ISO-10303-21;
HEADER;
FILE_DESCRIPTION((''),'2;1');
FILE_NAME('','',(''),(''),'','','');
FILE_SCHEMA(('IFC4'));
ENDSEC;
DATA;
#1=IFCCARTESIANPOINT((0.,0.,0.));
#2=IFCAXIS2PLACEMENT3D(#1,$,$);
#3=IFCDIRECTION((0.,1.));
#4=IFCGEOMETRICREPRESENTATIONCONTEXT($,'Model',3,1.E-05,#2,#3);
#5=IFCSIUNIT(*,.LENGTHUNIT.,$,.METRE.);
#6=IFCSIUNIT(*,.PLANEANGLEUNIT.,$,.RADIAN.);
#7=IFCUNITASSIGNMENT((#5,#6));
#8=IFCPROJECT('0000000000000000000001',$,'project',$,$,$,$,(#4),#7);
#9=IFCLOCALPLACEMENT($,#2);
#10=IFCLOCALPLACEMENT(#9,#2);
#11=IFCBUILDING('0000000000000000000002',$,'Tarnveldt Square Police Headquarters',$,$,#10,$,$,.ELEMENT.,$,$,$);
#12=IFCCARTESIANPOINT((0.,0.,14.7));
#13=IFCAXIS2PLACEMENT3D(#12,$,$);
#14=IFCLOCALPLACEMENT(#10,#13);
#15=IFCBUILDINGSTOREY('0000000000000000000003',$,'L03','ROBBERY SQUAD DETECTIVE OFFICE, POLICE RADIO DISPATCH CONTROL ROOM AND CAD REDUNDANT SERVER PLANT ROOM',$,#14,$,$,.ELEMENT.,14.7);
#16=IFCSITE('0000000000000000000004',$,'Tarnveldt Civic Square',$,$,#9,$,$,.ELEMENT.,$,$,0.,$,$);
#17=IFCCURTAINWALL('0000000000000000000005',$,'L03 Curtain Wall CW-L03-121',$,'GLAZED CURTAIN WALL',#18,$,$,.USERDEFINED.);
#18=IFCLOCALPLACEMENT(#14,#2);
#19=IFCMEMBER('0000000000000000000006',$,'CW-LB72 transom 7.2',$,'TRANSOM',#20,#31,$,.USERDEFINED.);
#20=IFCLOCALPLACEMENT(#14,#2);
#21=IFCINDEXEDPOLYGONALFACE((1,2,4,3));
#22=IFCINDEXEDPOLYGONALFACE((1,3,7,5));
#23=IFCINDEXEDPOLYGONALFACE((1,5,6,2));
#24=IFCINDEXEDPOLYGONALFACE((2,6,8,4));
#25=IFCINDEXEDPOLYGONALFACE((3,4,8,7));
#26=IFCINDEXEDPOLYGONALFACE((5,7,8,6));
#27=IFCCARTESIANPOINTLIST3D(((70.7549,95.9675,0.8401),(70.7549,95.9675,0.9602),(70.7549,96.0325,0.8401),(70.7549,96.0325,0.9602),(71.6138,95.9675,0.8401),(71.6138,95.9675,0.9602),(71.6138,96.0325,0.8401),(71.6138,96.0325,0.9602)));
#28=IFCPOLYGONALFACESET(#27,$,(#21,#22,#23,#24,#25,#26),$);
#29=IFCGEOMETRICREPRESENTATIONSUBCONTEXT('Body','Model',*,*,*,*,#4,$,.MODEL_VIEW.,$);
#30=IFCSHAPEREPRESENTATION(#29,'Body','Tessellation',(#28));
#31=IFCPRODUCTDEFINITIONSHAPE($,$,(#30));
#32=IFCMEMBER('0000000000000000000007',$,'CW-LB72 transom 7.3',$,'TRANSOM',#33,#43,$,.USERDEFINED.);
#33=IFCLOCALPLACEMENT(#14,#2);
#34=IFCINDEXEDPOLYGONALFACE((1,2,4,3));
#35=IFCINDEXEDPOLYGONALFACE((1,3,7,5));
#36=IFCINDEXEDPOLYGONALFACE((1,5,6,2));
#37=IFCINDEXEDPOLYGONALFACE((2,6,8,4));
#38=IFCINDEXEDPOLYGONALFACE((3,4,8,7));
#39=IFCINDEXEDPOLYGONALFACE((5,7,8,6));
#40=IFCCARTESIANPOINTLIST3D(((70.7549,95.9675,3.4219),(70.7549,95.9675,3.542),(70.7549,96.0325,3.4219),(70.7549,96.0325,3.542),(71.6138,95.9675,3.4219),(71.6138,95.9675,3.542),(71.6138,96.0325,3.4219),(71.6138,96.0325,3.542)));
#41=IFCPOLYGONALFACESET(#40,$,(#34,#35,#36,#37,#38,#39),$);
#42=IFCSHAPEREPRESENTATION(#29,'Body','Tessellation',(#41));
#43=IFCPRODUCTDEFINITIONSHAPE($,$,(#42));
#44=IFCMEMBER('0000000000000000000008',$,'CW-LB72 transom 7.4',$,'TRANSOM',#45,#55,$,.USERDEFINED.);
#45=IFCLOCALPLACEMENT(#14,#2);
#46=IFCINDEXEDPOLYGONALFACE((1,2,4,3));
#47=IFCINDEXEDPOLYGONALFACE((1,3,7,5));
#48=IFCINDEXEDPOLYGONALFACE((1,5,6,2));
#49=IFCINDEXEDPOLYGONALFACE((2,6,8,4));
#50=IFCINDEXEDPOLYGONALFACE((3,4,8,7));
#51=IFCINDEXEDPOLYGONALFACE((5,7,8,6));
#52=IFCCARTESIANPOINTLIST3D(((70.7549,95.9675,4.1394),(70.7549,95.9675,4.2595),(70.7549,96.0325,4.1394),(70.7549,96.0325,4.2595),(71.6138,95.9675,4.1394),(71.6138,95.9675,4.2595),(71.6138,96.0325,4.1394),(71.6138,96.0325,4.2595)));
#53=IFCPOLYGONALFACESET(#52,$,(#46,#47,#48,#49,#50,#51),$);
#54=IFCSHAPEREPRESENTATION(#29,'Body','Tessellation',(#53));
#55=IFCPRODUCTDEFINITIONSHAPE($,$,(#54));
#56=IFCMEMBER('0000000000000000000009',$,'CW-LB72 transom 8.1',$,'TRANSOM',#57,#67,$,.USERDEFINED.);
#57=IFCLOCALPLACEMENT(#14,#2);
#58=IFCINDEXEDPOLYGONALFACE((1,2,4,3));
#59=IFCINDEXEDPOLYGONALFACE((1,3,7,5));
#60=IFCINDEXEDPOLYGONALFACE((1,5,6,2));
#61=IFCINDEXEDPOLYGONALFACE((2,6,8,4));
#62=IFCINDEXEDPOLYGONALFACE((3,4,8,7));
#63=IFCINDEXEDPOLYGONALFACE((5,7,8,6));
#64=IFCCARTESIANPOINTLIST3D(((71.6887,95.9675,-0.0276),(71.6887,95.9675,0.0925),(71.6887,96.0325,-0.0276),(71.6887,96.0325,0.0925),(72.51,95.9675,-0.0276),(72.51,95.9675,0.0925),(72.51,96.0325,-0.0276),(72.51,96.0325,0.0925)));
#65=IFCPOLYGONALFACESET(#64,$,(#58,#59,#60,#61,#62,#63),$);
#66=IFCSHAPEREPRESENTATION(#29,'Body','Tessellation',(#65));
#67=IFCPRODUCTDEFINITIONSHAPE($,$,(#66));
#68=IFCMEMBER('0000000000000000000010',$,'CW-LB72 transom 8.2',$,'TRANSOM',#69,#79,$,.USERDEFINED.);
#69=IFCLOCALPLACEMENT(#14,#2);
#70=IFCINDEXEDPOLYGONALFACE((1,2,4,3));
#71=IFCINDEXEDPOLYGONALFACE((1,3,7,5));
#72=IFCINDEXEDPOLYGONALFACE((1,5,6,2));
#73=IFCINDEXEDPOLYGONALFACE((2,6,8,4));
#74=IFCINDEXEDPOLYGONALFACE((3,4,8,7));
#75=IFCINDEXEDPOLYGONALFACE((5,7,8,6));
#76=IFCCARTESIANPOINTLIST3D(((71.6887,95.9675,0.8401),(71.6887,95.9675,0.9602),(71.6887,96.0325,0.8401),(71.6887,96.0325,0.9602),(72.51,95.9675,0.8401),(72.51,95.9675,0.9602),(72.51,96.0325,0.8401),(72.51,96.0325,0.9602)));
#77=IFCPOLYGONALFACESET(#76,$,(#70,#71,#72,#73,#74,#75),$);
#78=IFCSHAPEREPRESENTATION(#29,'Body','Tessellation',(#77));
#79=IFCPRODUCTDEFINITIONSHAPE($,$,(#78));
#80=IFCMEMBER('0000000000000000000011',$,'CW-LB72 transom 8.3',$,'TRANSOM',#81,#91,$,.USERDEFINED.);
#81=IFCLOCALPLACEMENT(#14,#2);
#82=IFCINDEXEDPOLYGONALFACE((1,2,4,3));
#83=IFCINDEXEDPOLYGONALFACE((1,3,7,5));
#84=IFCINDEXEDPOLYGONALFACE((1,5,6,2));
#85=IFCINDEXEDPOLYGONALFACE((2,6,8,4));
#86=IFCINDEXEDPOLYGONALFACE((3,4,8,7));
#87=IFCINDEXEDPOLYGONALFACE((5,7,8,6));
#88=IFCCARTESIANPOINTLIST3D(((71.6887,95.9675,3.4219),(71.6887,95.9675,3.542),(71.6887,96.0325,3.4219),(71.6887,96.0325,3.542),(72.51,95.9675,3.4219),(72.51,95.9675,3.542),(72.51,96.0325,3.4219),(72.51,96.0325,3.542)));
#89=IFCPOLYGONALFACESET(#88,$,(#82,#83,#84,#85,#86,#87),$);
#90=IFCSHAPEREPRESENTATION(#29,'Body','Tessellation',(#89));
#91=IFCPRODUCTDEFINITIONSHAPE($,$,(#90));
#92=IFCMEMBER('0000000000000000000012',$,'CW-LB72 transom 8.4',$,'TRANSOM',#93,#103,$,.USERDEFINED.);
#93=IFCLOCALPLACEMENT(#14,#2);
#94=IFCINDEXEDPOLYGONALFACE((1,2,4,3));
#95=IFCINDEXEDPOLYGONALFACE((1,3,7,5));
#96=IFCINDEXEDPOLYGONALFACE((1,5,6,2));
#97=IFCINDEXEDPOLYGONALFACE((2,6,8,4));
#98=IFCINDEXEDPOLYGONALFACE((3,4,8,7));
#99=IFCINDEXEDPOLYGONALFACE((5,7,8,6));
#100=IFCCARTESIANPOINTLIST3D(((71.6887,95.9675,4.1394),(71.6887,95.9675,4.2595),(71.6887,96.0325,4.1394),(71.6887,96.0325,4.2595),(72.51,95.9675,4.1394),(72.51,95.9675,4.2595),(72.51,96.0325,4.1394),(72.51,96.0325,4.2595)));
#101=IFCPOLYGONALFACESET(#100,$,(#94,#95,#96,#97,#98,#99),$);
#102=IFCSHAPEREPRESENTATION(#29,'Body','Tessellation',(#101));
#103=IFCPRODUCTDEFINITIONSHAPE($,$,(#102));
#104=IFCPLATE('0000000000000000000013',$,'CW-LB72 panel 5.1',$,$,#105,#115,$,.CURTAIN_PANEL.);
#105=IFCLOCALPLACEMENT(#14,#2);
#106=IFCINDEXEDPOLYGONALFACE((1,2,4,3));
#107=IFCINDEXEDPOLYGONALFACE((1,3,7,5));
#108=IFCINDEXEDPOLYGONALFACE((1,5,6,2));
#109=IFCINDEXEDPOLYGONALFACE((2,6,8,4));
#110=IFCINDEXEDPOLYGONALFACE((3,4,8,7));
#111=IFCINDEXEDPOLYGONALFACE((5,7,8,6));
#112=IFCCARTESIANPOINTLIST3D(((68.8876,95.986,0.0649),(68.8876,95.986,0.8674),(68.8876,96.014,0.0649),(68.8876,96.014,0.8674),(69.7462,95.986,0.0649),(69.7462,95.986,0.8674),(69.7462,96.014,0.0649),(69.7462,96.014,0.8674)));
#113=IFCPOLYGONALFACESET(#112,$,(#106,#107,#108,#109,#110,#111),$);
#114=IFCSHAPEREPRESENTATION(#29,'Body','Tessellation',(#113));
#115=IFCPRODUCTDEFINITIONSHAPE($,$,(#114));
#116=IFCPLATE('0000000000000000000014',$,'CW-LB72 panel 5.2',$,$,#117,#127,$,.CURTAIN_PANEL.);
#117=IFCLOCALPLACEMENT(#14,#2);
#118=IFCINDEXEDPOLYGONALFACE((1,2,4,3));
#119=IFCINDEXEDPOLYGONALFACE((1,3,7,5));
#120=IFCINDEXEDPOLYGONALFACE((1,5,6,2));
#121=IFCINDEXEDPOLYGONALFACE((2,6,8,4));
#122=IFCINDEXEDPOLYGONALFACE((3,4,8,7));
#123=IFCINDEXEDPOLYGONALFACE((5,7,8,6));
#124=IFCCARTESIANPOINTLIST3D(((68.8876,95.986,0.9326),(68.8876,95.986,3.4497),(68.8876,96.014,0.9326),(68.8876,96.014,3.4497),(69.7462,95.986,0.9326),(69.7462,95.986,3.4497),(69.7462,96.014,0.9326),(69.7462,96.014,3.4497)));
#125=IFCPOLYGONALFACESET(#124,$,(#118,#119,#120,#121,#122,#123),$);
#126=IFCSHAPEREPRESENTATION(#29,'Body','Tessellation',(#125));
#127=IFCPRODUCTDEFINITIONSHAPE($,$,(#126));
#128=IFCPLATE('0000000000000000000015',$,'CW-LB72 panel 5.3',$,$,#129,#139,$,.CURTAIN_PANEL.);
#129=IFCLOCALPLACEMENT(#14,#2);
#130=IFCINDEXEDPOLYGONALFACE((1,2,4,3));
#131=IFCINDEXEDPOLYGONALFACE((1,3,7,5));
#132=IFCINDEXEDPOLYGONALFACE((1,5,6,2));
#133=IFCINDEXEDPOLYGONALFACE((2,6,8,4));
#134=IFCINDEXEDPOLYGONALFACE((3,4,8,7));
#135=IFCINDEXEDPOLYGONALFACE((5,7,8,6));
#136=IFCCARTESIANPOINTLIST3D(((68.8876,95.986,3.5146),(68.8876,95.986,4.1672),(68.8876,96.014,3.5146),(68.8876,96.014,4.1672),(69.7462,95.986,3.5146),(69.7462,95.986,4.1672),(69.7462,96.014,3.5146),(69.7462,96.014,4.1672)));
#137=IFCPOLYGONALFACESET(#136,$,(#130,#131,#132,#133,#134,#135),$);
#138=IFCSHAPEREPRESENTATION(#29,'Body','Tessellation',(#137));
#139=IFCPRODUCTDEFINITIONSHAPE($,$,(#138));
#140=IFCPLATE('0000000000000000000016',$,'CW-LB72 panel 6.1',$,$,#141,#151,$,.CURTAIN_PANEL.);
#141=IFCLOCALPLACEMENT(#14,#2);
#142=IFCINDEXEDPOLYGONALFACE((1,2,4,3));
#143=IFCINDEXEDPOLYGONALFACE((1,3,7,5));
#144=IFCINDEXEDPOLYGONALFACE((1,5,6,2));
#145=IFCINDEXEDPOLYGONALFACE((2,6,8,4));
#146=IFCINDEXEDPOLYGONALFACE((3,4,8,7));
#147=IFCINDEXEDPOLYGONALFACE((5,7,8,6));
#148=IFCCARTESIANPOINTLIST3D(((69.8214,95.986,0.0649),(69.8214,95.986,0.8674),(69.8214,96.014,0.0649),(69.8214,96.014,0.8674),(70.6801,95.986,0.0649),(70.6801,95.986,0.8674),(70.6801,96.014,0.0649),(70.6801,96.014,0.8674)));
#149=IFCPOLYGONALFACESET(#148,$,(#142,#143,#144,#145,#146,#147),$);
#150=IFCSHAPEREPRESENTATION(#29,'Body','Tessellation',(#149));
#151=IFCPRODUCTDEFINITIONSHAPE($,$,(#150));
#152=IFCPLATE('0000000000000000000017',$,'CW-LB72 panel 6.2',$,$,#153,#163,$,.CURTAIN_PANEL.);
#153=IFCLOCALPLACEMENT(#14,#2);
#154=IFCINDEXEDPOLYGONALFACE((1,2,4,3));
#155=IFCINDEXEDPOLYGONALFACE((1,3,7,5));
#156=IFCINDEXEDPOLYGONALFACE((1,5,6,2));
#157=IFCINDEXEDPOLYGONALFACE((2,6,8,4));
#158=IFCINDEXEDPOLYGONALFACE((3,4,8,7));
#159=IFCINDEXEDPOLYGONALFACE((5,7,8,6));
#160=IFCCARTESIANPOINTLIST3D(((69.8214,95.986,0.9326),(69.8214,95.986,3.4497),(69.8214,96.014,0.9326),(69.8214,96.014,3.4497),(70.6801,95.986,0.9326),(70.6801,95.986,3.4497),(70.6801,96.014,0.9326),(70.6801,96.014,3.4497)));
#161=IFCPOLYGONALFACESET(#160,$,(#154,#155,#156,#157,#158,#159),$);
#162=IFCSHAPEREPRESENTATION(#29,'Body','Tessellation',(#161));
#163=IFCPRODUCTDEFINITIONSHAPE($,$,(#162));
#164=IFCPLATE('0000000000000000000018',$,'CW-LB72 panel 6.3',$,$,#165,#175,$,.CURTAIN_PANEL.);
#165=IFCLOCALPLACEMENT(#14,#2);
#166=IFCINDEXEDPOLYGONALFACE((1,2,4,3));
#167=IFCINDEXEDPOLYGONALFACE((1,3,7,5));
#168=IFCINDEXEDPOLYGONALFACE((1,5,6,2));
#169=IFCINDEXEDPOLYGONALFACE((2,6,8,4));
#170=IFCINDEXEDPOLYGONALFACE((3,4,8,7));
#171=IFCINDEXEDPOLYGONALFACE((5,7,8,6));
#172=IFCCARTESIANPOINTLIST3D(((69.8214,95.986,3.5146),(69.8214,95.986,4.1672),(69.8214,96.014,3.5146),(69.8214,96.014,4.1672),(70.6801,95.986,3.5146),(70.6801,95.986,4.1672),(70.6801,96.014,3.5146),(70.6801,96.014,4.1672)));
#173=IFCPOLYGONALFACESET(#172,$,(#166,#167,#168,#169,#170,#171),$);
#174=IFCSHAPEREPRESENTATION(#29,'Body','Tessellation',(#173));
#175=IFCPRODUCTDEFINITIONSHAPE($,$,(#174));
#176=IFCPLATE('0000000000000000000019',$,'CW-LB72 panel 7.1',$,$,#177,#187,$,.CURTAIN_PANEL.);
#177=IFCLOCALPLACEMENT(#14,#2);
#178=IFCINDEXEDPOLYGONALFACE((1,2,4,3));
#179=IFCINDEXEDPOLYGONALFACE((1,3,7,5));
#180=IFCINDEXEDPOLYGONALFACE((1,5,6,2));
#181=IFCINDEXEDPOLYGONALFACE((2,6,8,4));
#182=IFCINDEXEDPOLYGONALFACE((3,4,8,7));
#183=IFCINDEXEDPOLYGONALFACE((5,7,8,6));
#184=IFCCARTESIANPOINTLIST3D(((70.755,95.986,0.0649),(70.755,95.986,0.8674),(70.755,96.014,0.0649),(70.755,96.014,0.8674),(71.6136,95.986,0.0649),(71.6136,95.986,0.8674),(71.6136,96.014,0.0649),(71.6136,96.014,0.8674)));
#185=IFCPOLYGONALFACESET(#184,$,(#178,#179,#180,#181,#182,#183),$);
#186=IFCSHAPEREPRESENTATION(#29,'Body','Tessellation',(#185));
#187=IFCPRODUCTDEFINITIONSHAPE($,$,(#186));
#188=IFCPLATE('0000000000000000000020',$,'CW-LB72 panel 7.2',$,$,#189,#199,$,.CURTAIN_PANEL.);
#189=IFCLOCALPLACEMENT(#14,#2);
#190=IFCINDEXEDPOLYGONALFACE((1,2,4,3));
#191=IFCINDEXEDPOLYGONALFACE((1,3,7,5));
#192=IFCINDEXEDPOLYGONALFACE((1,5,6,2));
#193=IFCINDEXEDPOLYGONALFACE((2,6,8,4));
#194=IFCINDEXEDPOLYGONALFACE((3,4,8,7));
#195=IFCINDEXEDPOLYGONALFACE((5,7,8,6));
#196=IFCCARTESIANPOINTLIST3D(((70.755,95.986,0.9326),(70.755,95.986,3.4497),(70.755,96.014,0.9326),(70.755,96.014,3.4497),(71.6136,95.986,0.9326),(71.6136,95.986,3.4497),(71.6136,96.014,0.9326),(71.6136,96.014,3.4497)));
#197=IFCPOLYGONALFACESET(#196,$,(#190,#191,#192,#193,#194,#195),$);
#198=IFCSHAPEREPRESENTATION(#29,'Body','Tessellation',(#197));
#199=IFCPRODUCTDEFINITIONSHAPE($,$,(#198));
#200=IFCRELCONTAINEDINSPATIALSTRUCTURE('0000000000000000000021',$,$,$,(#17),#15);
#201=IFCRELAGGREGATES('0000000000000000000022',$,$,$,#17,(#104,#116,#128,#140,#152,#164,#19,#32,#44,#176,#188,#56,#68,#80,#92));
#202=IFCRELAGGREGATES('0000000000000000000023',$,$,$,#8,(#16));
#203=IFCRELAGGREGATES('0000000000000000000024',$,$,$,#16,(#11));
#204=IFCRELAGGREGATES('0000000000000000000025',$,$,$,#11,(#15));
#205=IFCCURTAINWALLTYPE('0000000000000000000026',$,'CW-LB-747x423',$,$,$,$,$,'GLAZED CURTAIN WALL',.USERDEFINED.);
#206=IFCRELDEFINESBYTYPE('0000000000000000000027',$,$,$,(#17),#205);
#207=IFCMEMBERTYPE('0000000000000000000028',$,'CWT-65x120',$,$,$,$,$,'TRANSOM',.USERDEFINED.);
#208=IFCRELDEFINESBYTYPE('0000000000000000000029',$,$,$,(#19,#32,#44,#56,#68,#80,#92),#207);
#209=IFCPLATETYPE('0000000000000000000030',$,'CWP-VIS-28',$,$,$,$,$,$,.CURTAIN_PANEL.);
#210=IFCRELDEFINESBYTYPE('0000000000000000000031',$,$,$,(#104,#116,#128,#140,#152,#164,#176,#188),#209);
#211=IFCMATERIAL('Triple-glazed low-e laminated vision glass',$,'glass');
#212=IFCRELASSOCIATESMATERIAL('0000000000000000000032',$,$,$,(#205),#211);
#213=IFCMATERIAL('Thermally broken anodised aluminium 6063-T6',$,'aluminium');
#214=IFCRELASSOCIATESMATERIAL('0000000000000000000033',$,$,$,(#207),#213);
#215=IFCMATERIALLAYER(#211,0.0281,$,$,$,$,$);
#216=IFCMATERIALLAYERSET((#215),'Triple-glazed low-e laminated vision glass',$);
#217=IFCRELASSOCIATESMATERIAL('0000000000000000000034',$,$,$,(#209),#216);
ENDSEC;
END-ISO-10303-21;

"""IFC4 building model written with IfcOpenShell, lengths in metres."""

from ifc_helpers import new_model, si_unit, direction, frame, origin, origin_2d, place, context, subcontext, project, spatial, rectangle, extrude, material, layer, layer_set, material_profile, profile_set, type_object, element, aggregate, save


model = new_model("IFC4")

# Units and contexts
model_context = context("Model", 3, precision=1e-05, world=origin(), true_north=direction((0.0, 1.0)))
body_context = subcontext(model_context, "Body", "Model", "MODEL_VIEW")
ifc_project = project(units=[si_unit("LENGTHUNIT", "METRE"), si_unit("PLANEANGLEUNIT", "RADIAN")], contexts=[model_context])

# Site, building, storey
site_placement = place(None, origin())
site = spatial("IfcSite", under=ifc_project, at=site_placement, Name="Tarnveldt Civic Square", CompositionType="ELEMENT", RefElevation=0.0)
building_placement = place(site_placement, origin())
building = spatial("IfcBuilding", under=site, at=building_placement, Name="Tarnveldt Square Police Headquarters", CompositionType="ELEMENT")
storey_placement = place(building_placement, frame((0.0, 0.0, 14.7)))
storey = spatial("IfcBuildingStorey", under=building, at=storey_placement, Name="L03", Description="ROBBERY SQUAD DETECTIVE OFFICE, POLICE RADIO DISPATCH CONTROL ROOM AND CAD REDUNDANT SERVER PLANT ROOM", CompositionType="ELEMENT", Elevation=14.7)

# Curtain wall, members, plates
ifc_material_1 = material(Name="Triple-glazed low-e laminated vision glass", Category="glass")
curtain_wall_type = type_object("IfcCurtainWallType", Name="CW-LB-747x423", ElementType="GLAZED CURTAIN WALL", PredefinedType="USERDEFINED", material=ifc_material_1)
curtain_wall_placement = place(storey_placement, origin())
curtain_wall = element("IfcCurtainWall", 1, at=curtain_wall_placement, inside=storey, type_object=curtain_wall_type, Name="L03 Curtain Wall CW-L03-121", ObjectType="GLAZED CURTAIN WALL", PredefinedType="USERDEFINED")
ifc_material_2 = material(Name="Thermally broken anodised aluminium 6063-T6", Category="aluminium")
ifc_material_profile_1 = material_profile(ifc_material_2, rectangle(XDim=0.0649, YDim=0.1201, at=origin_2d()), Name="CW-T65x120")
ifc_profile_set_1 = profile_set([ifc_material_profile_1], Name="Thermally broken anodised aluminium 6063-T6")
member_type_1 = type_object("IfcMemberType", Name="CWT-65x120", ElementType="TRANSOM", PredefinedType="USERDEFINED", material=ifc_profile_set_1)
member_1_placement = place(storey_placement, frame((70.7549, 96.0, 0.9001), z_axis=(1.0, 0.0, 0.0), x_axis=(0.0, 1.0, 0.0)))
member_1 = element("IfcMember", 2, at=member_1_placement, type_object=member_type_1, Name="CW-LB72 transom 7.2", ObjectType="TRANSOM", PredefinedType="USERDEFINED", context=body_context, shape_type="SweptSolid", body=[
    extrude(rectangle(XDim=0.0649, YDim=0.1201, at=origin_2d()), origin(), (0.0, 0.0, 1.0), 0.8589),
])
member_2_placement = place(storey_placement, frame((70.7549, 96.0, 3.4819), z_axis=(1.0, 0.0, 0.0), x_axis=(0.0, 1.0, 0.0)))
member_2 = element("IfcMember", 3, at=member_2_placement, type_object=member_type_1, Name="CW-LB72 transom 7.3", ObjectType="TRANSOM", PredefinedType="USERDEFINED", context=body_context, shape_type="SweptSolid", body=[
    extrude(rectangle(XDim=0.0649, YDim=0.1201, at=origin_2d()), origin(), (0.0, 0.0, 1.0), 0.8589),
])
member_3_placement = place(storey_placement, frame((70.7549, 96.0, 4.1995), z_axis=(1.0, 0.0, 0.0), x_axis=(0.0, 1.0, 0.0)))
member_3 = element("IfcMember", 4, at=member_3_placement, type_object=member_type_1, Name="CW-LB72 transom 7.4", ObjectType="TRANSOM", PredefinedType="USERDEFINED", context=body_context, shape_type="SweptSolid", body=[
    extrude(rectangle(XDim=0.0649, YDim=0.1201, at=origin_2d()), origin(), (0.0, 0.0, 1.0), 0.8589),
])
member_4_placement = place(storey_placement, frame((71.6887, 96.0, 0.0325), z_axis=(1.0, 0.0, 0.0), x_axis=(0.0, 1.0, 0.0)))
member_4 = element("IfcMember", 5, at=member_4_placement, type_object=member_type_1, Name="CW-LB72 transom 8.1", ObjectType="TRANSOM", PredefinedType="USERDEFINED", context=body_context, shape_type="SweptSolid", body=[
    extrude(rectangle(XDim=0.0649, YDim=0.1201, at=origin_2d()), origin(), (0.0, 0.0, 1.0), 0.8213),
])
member_5_placement = place(storey_placement, frame((71.6887, 96.0, 0.9001), z_axis=(1.0, 0.0, 0.0), x_axis=(0.0, 1.0, 0.0)))
member_5 = element("IfcMember", 6, at=member_5_placement, type_object=member_type_1, Name="CW-LB72 transom 8.2", ObjectType="TRANSOM", PredefinedType="USERDEFINED", context=body_context, shape_type="SweptSolid", body=[
    extrude(rectangle(XDim=0.0649, YDim=0.1201, at=origin_2d()), origin(), (0.0, 0.0, 1.0), 0.8213),
])
member_6_placement = place(storey_placement, frame((71.6887, 96.0, 3.4819), z_axis=(1.0, 0.0, 0.0), x_axis=(0.0, 1.0, 0.0)))
member_6 = element("IfcMember", 7, at=member_6_placement, type_object=member_type_1, Name="CW-LB72 transom 8.3", ObjectType="TRANSOM", PredefinedType="USERDEFINED", context=body_context, shape_type="SweptSolid", body=[
    extrude(rectangle(XDim=0.0649, YDim=0.1201, at=origin_2d()), origin(), (0.0, 0.0, 1.0), 0.8213),
])
member_7_placement = place(storey_placement, frame((71.6887, 96.0, 4.1995), z_axis=(1.0, 0.0, 0.0), x_axis=(0.0, 1.0, 0.0)))
member_7 = element("IfcMember", 8, at=member_7_placement, type_object=member_type_1, Name="CW-LB72 transom 8.4", ObjectType="TRANSOM", PredefinedType="USERDEFINED", context=body_context, shape_type="SweptSolid", body=[
    extrude(rectangle(XDim=0.0649, YDim=0.1201, at=origin_2d()), origin(), (0.0, 0.0, 1.0), 0.8213),
])
ifc_layer = layer(ifc_material_1, 0.0281)
ifc_layer_set = layer_set([ifc_layer], Name="Triple-glazed low-e laminated vision glass")
plate_type = type_object("IfcPlateType", Name="CWP-VIS-28", PredefinedType="CURTAIN_PANEL", material=ifc_layer_set)
plate_1_placement = place(storey_placement, frame((69.3169, 96.0, 0.0649), z_axis=(0.0, 0.0, 1.0), x_axis=(1.0, 0.0, 0.0)))
plate_1 = element("IfcPlate", 9, at=plate_1_placement, type_object=plate_type, Name="CW-LB72 panel 5.1", PredefinedType="CURTAIN_PANEL", context=body_context, shape_type="SweptSolid", body=[
    extrude(rectangle(XDim=0.8586, YDim=0.0281, at=origin_2d()), origin(), (0.0, 0.0, 1.0), 0.8025),
])
plate_2_placement = place(storey_placement, frame((69.3169, 96.0, 0.9326), z_axis=(0.0, 0.0, 1.0), x_axis=(1.0, 0.0, 0.0)))
plate_2 = element("IfcPlate", 10, at=plate_2_placement, type_object=plate_type, Name="CW-LB72 panel 5.2", PredefinedType="CURTAIN_PANEL", context=body_context, shape_type="SweptSolid", body=[
    extrude(rectangle(XDim=0.8586, YDim=0.0281, at=origin_2d()), origin(), (0.0, 0.0, 1.0), 2.5171),
])
plate_3_placement = place(storey_placement, frame((69.3169, 96.0, 3.5146), z_axis=(0.0, 0.0, 1.0), x_axis=(1.0, 0.0, 0.0)))
plate_3 = element("IfcPlate", 11, at=plate_3_placement, type_object=plate_type, Name="CW-LB72 panel 5.3", PredefinedType="CURTAIN_PANEL", context=body_context, shape_type="SweptSolid", body=[
    extrude(rectangle(XDim=0.8586, YDim=0.0281, at=origin_2d()), origin(), (0.0, 0.0, 1.0), 0.6526),
])
plate_4_placement = place(storey_placement, frame((70.2507, 96.0, 0.0649), z_axis=(0.0, 0.0, 1.0), x_axis=(1.0, 0.0, 0.0)))
plate_4 = element("IfcPlate", 12, at=plate_4_placement, type_object=plate_type, Name="CW-LB72 panel 6.1", PredefinedType="CURTAIN_PANEL", context=body_context, shape_type="SweptSolid", body=[
    extrude(rectangle(XDim=0.8586, YDim=0.0281, at=origin_2d()), origin(), (0.0, 0.0, 1.0), 0.8025),
])
plate_5_placement = place(storey_placement, frame((70.2507, 96.0, 0.9326), z_axis=(0.0, 0.0, 1.0), x_axis=(1.0, 0.0, 0.0)))
plate_5 = element("IfcPlate", 13, at=plate_5_placement, type_object=plate_type, Name="CW-LB72 panel 6.2", PredefinedType="CURTAIN_PANEL", context=body_context, shape_type="SweptSolid", body=[
    extrude(rectangle(XDim=0.8586, YDim=0.0281, at=origin_2d()), origin(), (0.0, 0.0, 1.0), 2.5171),
])
plate_6_placement = place(storey_placement, frame((70.2507, 96.0, 3.5146), z_axis=(0.0, 0.0, 1.0), x_axis=(1.0, 0.0, 0.0)))
plate_6 = element("IfcPlate", 14, at=plate_6_placement, type_object=plate_type, Name="CW-LB72 panel 6.3", PredefinedType="CURTAIN_PANEL", context=body_context, shape_type="SweptSolid", body=[
    extrude(rectangle(XDim=0.8586, YDim=0.0281, at=origin_2d()), origin(), (0.0, 0.0, 1.0), 0.6526),
])
plate_7_placement = place(storey_placement, frame((71.1843, 96.0, 0.0649), z_axis=(0.0, 0.0, 1.0), x_axis=(1.0, 0.0, 0.0)))
plate_7 = element("IfcPlate", 15, at=plate_7_placement, type_object=plate_type, Name="CW-LB72 panel 7.1", PredefinedType="CURTAIN_PANEL", context=body_context, shape_type="SweptSolid", body=[
    extrude(rectangle(XDim=0.8586, YDim=0.0281, at=origin_2d()), origin(), (0.0, 0.0, 1.0), 0.8025),
])
plate_8_placement = place(storey_placement, frame((71.1843, 96.0, 0.9326), z_axis=(0.0, 0.0, 1.0), x_axis=(1.0, 0.0, 0.0)))
plate_8 = element("IfcPlate", 16, at=plate_8_placement, type_object=plate_type, Name="CW-LB72 panel 7.2", PredefinedType="CURTAIN_PANEL", context=body_context, shape_type="SweptSolid", body=[
    extrude(rectangle(XDim=0.8586, YDim=0.0281, at=origin_2d()), origin(), (0.0, 0.0, 1.0), 2.5171),
])
aggregate(curtain_wall, [plate_1, plate_2, plate_3, plate_4, plate_5, plate_6, member_1, member_2, member_3, plate_7, plate_8, member_4, member_5, member_6, member_7])

save(model, "model.ifc")
